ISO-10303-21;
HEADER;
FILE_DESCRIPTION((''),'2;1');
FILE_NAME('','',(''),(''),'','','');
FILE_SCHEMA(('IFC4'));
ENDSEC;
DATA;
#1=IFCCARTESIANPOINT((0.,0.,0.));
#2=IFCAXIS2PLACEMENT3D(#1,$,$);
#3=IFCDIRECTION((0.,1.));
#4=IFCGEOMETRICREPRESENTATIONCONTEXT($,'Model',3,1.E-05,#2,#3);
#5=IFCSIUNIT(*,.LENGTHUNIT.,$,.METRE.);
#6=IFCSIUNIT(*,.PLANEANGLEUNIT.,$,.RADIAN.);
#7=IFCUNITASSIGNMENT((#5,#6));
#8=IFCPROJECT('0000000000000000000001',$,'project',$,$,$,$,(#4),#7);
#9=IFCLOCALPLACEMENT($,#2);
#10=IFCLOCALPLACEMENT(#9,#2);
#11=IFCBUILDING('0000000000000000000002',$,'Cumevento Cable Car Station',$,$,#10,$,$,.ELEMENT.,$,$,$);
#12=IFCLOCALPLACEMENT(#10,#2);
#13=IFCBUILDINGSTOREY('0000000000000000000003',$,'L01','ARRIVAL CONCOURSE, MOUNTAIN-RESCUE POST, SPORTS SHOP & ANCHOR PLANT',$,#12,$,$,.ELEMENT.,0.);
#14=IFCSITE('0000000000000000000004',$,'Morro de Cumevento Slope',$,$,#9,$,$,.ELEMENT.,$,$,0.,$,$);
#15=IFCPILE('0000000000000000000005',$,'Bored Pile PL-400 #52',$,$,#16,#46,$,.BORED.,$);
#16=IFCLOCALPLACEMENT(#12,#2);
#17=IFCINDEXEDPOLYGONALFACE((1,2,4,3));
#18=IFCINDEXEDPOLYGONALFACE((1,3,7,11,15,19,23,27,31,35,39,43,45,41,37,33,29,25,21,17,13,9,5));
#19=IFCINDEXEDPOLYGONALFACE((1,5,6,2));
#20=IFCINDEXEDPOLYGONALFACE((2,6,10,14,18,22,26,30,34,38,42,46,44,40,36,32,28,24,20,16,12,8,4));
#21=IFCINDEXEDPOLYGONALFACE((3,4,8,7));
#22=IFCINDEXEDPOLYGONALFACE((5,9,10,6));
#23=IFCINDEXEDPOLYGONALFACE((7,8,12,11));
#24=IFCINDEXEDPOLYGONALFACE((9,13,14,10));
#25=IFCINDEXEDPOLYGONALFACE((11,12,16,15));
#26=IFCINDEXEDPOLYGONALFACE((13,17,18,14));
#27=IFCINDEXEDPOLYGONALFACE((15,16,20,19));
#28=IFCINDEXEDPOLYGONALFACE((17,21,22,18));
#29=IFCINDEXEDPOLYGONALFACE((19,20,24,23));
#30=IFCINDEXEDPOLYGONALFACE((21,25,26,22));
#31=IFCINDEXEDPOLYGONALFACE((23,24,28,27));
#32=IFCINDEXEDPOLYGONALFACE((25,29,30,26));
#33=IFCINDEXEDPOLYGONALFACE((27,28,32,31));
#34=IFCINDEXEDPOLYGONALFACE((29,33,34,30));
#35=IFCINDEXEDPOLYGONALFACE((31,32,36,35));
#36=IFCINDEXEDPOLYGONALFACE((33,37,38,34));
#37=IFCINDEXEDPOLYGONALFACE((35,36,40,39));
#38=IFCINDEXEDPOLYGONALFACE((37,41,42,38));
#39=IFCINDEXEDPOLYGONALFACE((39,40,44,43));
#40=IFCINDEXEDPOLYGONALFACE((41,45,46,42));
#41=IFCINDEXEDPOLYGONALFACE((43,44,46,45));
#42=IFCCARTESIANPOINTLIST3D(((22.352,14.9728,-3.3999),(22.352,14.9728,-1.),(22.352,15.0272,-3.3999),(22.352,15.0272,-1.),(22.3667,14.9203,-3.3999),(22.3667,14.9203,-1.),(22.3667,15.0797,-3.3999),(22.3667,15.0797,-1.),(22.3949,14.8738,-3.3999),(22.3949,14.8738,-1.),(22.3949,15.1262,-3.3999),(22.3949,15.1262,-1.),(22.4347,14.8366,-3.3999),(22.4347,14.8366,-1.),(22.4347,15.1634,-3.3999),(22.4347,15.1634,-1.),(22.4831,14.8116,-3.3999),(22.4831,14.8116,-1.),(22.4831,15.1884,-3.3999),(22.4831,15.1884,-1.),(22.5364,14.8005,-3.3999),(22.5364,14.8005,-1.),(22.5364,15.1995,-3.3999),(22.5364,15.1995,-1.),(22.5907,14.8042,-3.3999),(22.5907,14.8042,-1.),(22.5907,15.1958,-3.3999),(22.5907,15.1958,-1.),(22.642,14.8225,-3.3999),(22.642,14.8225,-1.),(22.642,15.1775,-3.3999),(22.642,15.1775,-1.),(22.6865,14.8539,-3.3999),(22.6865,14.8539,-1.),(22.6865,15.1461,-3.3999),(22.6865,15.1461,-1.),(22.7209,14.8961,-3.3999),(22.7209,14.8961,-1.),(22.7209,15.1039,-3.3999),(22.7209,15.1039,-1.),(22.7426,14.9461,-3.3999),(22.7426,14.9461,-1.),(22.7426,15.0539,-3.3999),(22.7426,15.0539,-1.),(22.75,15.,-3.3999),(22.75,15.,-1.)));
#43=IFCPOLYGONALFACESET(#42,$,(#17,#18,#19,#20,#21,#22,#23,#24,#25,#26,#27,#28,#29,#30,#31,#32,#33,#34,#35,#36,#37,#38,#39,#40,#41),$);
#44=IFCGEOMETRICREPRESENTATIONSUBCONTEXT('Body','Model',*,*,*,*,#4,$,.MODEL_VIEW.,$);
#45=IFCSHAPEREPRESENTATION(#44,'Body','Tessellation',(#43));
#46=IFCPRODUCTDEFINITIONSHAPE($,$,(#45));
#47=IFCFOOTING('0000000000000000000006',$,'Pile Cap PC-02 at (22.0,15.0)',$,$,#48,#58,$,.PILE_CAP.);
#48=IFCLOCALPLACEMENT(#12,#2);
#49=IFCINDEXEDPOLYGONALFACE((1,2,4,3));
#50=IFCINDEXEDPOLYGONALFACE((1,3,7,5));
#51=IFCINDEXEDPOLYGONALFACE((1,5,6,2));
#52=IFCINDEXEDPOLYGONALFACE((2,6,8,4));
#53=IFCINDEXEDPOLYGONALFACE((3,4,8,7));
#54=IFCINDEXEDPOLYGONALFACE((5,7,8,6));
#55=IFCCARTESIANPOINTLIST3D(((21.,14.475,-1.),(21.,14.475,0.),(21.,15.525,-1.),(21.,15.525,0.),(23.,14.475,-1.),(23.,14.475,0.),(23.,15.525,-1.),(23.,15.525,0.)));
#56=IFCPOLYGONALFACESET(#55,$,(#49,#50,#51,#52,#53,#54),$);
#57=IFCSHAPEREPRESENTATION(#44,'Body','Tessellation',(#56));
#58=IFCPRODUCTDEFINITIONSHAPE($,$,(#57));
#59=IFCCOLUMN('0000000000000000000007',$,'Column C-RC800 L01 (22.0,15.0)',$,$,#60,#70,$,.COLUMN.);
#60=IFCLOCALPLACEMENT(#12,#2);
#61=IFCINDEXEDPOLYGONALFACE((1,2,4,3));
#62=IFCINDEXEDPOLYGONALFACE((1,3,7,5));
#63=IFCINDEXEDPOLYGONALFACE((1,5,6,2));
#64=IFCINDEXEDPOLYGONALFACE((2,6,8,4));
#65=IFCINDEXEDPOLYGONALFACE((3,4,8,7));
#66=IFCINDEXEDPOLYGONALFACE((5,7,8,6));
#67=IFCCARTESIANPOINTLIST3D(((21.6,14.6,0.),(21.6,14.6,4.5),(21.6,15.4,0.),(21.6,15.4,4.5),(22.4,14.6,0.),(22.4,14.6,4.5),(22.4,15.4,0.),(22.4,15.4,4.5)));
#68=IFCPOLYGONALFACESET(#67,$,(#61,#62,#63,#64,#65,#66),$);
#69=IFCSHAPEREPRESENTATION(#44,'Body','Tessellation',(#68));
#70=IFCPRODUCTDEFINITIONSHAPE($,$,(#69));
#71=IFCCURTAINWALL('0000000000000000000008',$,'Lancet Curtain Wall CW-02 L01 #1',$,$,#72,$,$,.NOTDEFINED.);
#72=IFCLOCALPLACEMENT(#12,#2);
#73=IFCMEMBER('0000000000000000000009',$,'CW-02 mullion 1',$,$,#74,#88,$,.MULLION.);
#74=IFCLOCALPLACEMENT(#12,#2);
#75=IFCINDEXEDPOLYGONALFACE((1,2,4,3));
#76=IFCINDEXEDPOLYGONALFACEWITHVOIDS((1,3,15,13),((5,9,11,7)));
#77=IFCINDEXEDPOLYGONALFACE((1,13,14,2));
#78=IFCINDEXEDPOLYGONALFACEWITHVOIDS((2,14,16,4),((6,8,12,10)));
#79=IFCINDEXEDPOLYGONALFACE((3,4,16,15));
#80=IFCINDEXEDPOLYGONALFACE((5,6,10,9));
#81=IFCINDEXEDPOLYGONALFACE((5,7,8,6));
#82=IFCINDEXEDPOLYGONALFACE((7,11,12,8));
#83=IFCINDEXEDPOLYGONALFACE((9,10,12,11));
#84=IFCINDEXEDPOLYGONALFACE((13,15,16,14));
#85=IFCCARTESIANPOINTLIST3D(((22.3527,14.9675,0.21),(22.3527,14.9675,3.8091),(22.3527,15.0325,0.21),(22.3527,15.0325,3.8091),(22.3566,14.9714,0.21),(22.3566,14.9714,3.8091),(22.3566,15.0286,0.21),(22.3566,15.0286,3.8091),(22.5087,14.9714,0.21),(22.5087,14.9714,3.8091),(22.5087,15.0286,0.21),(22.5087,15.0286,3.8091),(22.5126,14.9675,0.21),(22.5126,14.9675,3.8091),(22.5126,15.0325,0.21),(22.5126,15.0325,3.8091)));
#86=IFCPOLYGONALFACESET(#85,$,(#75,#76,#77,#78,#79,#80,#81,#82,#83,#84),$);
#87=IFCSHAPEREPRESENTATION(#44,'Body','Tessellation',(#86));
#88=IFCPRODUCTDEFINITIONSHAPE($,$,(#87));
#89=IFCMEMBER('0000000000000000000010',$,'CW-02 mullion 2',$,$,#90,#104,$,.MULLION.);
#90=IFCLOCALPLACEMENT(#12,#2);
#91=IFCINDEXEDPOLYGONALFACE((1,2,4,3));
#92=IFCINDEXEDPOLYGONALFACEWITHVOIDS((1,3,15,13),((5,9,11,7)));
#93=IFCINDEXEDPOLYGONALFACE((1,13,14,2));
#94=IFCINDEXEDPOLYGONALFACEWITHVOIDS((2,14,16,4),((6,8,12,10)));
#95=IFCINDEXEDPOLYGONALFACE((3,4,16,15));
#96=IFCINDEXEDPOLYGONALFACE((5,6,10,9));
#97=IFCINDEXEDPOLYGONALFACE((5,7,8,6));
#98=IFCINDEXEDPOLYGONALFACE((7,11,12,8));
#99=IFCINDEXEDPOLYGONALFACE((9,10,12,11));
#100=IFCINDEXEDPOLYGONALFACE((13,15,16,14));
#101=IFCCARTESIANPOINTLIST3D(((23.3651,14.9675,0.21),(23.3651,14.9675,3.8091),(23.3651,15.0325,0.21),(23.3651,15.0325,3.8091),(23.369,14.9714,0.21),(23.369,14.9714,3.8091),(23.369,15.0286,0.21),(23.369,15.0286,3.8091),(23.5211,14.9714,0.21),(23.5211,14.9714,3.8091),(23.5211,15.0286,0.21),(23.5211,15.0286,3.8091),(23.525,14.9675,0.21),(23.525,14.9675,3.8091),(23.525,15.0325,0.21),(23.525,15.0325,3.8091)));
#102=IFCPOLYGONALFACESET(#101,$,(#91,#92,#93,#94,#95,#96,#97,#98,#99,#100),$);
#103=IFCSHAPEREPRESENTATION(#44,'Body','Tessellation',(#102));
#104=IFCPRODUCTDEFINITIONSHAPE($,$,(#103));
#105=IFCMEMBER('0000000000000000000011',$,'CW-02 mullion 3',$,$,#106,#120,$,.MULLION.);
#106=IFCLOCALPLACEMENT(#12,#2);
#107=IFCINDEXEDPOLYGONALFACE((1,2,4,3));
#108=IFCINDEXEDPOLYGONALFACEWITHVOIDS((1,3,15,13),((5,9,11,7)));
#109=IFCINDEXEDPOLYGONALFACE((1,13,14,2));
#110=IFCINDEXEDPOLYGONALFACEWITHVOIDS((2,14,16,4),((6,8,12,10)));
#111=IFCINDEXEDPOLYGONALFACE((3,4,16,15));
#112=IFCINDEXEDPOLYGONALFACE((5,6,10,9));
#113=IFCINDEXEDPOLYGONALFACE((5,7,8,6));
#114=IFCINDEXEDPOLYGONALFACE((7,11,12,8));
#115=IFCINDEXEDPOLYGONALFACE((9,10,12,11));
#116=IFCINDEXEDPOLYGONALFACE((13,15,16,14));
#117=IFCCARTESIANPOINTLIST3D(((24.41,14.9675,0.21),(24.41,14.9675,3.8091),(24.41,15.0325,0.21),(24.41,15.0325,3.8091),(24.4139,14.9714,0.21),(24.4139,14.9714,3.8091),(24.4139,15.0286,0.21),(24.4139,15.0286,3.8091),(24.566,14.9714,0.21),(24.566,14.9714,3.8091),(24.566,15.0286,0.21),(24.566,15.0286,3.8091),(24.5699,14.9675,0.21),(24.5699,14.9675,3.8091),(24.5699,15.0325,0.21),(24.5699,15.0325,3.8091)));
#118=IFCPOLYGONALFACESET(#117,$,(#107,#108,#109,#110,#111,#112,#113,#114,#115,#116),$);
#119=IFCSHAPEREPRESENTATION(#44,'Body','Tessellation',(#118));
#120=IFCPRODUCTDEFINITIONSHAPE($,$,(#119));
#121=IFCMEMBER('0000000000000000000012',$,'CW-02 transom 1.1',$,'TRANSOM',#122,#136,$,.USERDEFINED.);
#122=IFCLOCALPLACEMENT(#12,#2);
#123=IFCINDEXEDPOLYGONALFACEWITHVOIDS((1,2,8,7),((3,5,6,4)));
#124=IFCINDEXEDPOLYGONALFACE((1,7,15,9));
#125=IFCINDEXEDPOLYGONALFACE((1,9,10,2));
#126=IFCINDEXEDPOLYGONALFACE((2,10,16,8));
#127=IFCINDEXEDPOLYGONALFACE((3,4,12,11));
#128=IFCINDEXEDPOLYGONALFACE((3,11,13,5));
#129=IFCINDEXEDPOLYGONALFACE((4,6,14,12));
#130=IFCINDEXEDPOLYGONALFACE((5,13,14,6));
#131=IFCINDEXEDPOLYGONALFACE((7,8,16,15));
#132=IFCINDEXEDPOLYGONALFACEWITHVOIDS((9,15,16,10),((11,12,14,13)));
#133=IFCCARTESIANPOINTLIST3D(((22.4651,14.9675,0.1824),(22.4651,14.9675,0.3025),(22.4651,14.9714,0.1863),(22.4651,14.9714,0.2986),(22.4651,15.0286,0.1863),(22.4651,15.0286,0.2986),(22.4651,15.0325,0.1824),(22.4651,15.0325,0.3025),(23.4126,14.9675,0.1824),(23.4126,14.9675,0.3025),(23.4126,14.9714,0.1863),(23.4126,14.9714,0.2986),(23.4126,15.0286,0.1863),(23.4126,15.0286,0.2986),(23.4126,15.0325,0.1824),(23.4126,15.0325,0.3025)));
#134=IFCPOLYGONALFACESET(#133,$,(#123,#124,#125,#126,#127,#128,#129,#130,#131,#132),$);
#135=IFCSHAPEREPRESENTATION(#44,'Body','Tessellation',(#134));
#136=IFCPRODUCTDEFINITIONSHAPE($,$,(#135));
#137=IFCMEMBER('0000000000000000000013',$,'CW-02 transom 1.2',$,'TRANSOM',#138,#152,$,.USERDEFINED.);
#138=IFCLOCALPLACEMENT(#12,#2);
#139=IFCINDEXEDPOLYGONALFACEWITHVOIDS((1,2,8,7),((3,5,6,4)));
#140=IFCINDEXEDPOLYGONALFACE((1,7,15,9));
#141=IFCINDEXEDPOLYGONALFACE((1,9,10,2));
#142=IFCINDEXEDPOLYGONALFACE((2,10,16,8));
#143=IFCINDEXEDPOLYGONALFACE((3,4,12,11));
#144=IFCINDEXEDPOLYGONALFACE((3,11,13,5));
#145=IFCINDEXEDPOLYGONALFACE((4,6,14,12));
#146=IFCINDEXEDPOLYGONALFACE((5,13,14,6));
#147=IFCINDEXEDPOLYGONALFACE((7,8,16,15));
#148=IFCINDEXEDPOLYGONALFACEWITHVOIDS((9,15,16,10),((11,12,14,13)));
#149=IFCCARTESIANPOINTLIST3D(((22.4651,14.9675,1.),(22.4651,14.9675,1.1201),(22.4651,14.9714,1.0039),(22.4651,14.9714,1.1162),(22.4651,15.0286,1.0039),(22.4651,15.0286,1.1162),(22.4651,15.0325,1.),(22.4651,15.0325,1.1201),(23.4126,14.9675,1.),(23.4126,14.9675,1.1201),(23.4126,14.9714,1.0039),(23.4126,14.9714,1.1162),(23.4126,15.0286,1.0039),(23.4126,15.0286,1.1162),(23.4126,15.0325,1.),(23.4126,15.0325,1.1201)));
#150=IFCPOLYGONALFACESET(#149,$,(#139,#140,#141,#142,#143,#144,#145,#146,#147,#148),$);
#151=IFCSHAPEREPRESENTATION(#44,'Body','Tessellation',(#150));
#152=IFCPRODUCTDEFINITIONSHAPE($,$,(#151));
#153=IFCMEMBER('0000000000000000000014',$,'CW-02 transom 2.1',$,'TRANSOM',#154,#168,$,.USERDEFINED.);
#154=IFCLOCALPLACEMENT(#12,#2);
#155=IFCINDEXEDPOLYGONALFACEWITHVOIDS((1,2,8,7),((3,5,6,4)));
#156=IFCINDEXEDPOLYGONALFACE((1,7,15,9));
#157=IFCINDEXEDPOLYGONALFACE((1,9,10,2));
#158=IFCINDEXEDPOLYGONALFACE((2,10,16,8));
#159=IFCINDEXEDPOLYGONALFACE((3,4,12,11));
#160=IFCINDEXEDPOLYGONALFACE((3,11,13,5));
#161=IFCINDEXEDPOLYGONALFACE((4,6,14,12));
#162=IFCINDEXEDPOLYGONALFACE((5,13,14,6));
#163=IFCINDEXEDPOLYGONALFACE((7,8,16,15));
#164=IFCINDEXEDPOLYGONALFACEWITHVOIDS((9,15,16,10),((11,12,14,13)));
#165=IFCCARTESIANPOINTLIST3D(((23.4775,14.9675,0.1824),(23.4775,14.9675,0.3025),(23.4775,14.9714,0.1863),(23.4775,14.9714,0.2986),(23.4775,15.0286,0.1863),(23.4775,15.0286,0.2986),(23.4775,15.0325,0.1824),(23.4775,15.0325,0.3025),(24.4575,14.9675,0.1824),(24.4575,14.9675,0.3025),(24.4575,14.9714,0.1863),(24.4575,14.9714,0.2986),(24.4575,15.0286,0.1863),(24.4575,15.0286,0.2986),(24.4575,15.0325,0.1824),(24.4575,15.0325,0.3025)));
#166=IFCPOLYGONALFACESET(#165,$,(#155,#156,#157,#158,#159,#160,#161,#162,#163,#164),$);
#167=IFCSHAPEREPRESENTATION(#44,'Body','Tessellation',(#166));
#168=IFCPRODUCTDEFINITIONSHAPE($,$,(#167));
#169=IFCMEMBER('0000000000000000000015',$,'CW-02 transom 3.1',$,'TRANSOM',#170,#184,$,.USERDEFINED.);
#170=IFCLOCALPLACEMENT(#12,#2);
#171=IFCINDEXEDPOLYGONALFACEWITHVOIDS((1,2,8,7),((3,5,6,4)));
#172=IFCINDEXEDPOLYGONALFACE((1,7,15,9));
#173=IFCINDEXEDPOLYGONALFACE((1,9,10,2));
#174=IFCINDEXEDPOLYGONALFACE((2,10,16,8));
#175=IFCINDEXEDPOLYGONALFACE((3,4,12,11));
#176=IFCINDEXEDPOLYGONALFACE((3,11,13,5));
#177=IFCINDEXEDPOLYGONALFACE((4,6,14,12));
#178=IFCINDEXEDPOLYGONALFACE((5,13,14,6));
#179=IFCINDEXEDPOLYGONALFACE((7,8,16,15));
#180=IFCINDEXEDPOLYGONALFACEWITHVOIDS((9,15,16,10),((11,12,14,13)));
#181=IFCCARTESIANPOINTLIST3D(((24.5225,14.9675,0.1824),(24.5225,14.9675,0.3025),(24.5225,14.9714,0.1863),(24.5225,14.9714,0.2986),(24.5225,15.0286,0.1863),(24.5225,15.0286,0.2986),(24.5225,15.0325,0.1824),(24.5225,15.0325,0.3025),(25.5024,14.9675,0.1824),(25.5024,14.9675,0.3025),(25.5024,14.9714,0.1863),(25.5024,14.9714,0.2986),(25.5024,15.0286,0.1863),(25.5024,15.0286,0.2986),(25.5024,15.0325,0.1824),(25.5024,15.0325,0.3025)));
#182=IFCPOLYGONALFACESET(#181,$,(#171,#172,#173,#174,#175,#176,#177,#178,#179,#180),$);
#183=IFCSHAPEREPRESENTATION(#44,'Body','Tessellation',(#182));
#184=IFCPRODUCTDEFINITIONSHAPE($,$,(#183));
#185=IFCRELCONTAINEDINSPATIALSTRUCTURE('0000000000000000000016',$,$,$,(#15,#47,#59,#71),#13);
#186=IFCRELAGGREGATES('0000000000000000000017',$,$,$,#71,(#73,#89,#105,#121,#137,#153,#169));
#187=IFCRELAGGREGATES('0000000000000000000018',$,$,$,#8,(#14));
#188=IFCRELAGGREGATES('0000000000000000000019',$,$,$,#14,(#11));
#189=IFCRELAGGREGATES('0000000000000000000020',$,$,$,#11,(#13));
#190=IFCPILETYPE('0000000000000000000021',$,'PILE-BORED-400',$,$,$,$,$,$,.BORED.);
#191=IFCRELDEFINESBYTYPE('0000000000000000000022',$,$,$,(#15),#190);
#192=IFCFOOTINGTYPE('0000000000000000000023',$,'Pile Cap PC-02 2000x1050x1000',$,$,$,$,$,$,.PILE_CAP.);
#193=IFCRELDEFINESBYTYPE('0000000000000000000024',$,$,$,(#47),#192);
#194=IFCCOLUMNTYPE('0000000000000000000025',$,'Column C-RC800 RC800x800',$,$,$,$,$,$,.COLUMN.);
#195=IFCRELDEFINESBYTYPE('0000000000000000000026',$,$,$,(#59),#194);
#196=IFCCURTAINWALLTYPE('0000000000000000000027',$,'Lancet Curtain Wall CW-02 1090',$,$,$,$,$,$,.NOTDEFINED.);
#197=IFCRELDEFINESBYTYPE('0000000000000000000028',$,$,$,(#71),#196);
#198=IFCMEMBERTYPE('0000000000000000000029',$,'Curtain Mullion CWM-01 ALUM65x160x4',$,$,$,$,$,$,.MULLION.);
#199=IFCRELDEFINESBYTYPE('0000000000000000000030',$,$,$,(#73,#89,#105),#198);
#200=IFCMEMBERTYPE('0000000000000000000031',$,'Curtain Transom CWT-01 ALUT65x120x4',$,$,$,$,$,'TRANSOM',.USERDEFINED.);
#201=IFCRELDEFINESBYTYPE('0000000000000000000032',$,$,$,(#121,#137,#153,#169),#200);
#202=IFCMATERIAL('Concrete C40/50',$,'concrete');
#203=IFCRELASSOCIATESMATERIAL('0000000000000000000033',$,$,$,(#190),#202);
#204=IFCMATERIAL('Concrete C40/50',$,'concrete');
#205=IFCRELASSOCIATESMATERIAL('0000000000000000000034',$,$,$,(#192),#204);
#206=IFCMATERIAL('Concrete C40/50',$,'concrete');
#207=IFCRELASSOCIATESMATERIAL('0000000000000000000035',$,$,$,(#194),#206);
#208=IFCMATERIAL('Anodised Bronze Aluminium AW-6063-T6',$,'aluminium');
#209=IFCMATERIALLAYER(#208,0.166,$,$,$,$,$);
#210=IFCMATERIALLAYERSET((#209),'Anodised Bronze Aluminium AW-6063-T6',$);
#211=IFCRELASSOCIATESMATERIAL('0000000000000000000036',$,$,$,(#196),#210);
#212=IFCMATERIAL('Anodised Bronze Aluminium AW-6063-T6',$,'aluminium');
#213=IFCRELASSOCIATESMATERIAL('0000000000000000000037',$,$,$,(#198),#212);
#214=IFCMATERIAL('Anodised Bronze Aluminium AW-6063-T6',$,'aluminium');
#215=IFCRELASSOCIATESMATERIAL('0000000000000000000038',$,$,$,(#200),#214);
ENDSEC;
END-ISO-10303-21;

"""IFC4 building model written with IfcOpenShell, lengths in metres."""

from ifc_helpers import new_model, si_unit, direction, frame, origin, origin_2d, place, context, subcontext, project, spatial, rectangle, hollow_rectangle, circle, extrude, material, layer, layer_set, material_profile, profile_set, type_object, element, aggregate, save


model = new_model("IFC4")

# Units and contexts
model_context = context("Model", 3, precision=1e-05, world=origin(), true_north=direction((0.0, 1.0)))
body_context = subcontext(model_context, "Body", "Model", "MODEL_VIEW")
ifc_project = project(units=[si_unit("LENGTHUNIT", "METRE"), si_unit("PLANEANGLEUNIT", "RADIAN")], contexts=[model_context])

# Site, building, storey
site_placement = place(None, origin())
site = spatial("IfcSite", under=ifc_project, at=site_placement, Name="Morro de Cumevento Slope", CompositionType="ELEMENT", RefElevation=0.0)
building_placement = place(site_placement, origin())
building = spatial("IfcBuilding", under=site, at=building_placement, Name="Cumevento Cable Car Station", CompositionType="ELEMENT")
storey_placement = place(building_placement, origin())
storey = spatial("IfcBuildingStorey", under=building, at=storey_placement, Name="L01", Description="ARRIVAL CONCOURSE, MOUNTAIN-RESCUE POST, SPORTS SHOP & ANCHOR PLANT", CompositionType="ELEMENT", Elevation=0.0)

# Pile
ifc_material_1 = material(Name="Concrete C40/50", Category="concrete")
ifc_material_profile_1 = material_profile(ifc_material_1, circle(Radius=0.2, at=origin_2d()), Name="PILE-D400")
ifc_profile_set_1 = profile_set([ifc_material_profile_1], Name="Concrete C40/50")
pile_type = type_object("IfcPileType", Name="PILE-BORED-400", PredefinedType="BORED", material=ifc_profile_set_1)
pile_placement = place(storey_placement, frame((22.55, 15.0, -1.0), z_axis=(0.0, 0.0, -1.0), x_axis=(1.0, 0.0, 0.0)))
element("IfcPile", 1, at=pile_placement, inside=storey, type_object=pile_type, Name="Bored Pile PL-400 #52", PredefinedType="BORED", context=body_context, shape_type="SweptSolid", body=[
    extrude(circle(Radius=0.2, at=origin_2d()), origin(), (0.0, 0.0, 1.0), 2.3999),
])

# Footing
ifc_material_2 = material(Name="Concrete C40/50", Category="concrete")
footing_type = type_object("IfcFootingType", Name="Pile Cap PC-02 2000x1050x1000", PredefinedType="PILE_CAP", material=ifc_material_2)
footing_placement = place(storey_placement, frame((22.0, 15.0, -1.0), z_axis=(0.0, 0.0, 1.0), x_axis=(1.0, 0.0, 0.0)))
element("IfcFooting", 2, at=footing_placement, inside=storey, type_object=footing_type, Name="Pile Cap PC-02 at (22.0,15.0)", PredefinedType="PILE_CAP", context=body_context, shape_type="SweptSolid", body=[
    extrude(rectangle(XDim=2.0, YDim=1.05, at=origin_2d()), origin(), (0.0, 0.0, 1.0), 1.0),
])

# Column
ifc_material_3 = material(Name="Concrete C40/50", Category="concrete")
ifc_material_profile_2 = material_profile(ifc_material_3, rectangle(XDim=0.8, YDim=0.8, at=origin_2d()), Name="RC800x800")
ifc_profile_set_2 = profile_set([ifc_material_profile_2], Name="Concrete C40/50")
column_type = type_object("IfcColumnType", Name="Column C-RC800 RC800x800", PredefinedType="COLUMN", material=ifc_profile_set_2)
column_placement = place(storey_placement, frame((22.0, 15.0, 0.0), z_axis=(0.0, 0.0, 1.0), x_axis=(1.0, 0.0, 0.0)))
element("IfcColumn", 3, at=column_placement, inside=storey, type_object=column_type, Name="Column C-RC800 L01 (22.0,15.0)", PredefinedType="COLUMN", context=body_context, shape_type="SweptSolid", body=[
    extrude(rectangle(XDim=0.8, YDim=0.8, at=origin_2d()), origin(), (0.0, 0.0, 1.0), 4.5),
])

# Curtain wall, members
ifc_material_4 = material(Name="Anodised Bronze Aluminium AW-6063-T6", Category="aluminium")
ifc_layer_1 = layer(ifc_material_4, 0.166)
ifc_layer_set_1 = layer_set([ifc_layer_1], Name="Anodised Bronze Aluminium AW-6063-T6")
curtain_wall_type = type_object("IfcCurtainWallType", Name="Lancet Curtain Wall CW-02 1090", PredefinedType="NOTDEFINED", material=ifc_layer_set_1)
curtain_wall_placement = place(storey_placement, origin())
curtain_wall = element("IfcCurtainWall", 4, at=curtain_wall_placement, inside=storey, type_object=curtain_wall_type, Name="Lancet Curtain Wall CW-02 L01 #1", PredefinedType="NOTDEFINED")
ifc_material_5 = material(Name="Anodised Bronze Aluminium AW-6063-T6", Category="aluminium")
ifc_material_profile_3 = material_profile(ifc_material_5, hollow_rectangle(XDim=0.0649, YDim=0.1599, WallThickness=0.0039, at=origin_2d()), Name="ALUM65x160x4")
ifc_profile_set_3 = profile_set([ifc_material_profile_3], Name="Anodised Bronze Aluminium AW-6063-T6")
member_type_1 = type_object("IfcMemberType", Name="Curtain Mullion CWM-01 ALUM65x160x4", PredefinedType="MULLION", material=ifc_profile_set_3)
member_1_placement = place(storey_placement, frame((22.4326, 15.0, 0.21), z_axis=(0.0, 0.0, 1.0), x_axis=(0.0, 1.0, 0.0)))
member_1 = element("IfcMember", 5, at=member_1_placement, type_object=member_type_1, Name="CW-02 mullion 1", PredefinedType="MULLION", context=body_context, shape_type="SweptSolid", body=[
    extrude(hollow_rectangle(XDim=0.0649, YDim=0.1599, WallThickness=0.0039, at=origin_2d()), origin(), (0.0, 0.0, 1.0), 3.5991),
])
member_2_placement = place(storey_placement, frame((23.4451, 15.0, 0.21), z_axis=(0.0, 0.0, 1.0), x_axis=(0.0, 1.0, 0.0)))
member_2 = element("IfcMember", 6, at=member_2_placement, type_object=member_type_1, Name="CW-02 mullion 2", PredefinedType="MULLION", context=body_context, shape_type="SweptSolid", body=[
    extrude(hollow_rectangle(XDim=0.0649, YDim=0.1599, WallThickness=0.0039, at=origin_2d()), origin(), (0.0, 0.0, 1.0), 3.5991),
])
member_3_placement = place(storey_placement, frame((24.49, 15.0, 0.21), z_axis=(0.0, 0.0, 1.0), x_axis=(0.0, 1.0, 0.0)))
member_3 = element("IfcMember", 7, at=member_3_placement, type_object=member_type_1, Name="CW-02 mullion 3", PredefinedType="MULLION", context=body_context, shape_type="SweptSolid", body=[
    extrude(hollow_rectangle(XDim=0.0649, YDim=0.1599, WallThickness=0.0039, at=origin_2d()), origin(), (0.0, 0.0, 1.0), 3.5991),
])
ifc_material_6 = material(Name="Anodised Bronze Aluminium AW-6063-T6", Category="aluminium")
ifc_material_profile_4 = material_profile(ifc_material_6, hollow_rectangle(XDim=0.0649, YDim=0.1201, WallThickness=0.0039, at=origin_2d()), Name="ALUT65x120x4")
ifc_profile_set_4 = profile_set([ifc_material_profile_4], Name="Anodised Bronze Aluminium AW-6063-T6")
member_type_2 = type_object("IfcMemberType", Name="Curtain Transom CWT-01 ALUT65x120x4", ElementType="TRANSOM", PredefinedType="USERDEFINED", material=ifc_profile_set_4)
member_4_placement = place(storey_placement, frame((22.4651, 15.0, 0.2424), z_axis=(1.0, 0.0, 0.0), x_axis=(0.0, 1.0, 0.0)))
member_4 = element("IfcMember", 8, at=member_4_placement, type_object=member_type_2, Name="CW-02 transom 1.1", ObjectType="TRANSOM", PredefinedType="USERDEFINED", context=body_context, shape_type="SweptSolid", body=[
    extrude(hollow_rectangle(XDim=0.0649, YDim=0.1201, WallThickness=0.0039, at=origin_2d()), origin(), (0.0, 0.0, 1.0), 0.9475),
])
member_5_placement = place(storey_placement, frame((22.4651, 15.0, 1.0601), z_axis=(1.0, 0.0, 0.0), x_axis=(0.0, 1.0, 0.0)))
member_5 = element("IfcMember", 9, at=member_5_placement, type_object=member_type_2, Name="CW-02 transom 1.2", ObjectType="TRANSOM", PredefinedType="USERDEFINED", context=body_context, shape_type="SweptSolid", body=[
    extrude(hollow_rectangle(XDim=0.0649, YDim=0.1201, WallThickness=0.0039, at=origin_2d()), origin(), (0.0, 0.0, 1.0), 0.9475),
])
member_6_placement = place(storey_placement, frame((23.4775, 15.0, 0.2424), z_axis=(1.0, 0.0, 0.0), x_axis=(0.0, 1.0, 0.0)))
member_6 = element("IfcMember", 10, at=member_6_placement, type_object=member_type_2, Name="CW-02 transom 2.1", ObjectType="TRANSOM", PredefinedType="USERDEFINED", context=body_context, shape_type="SweptSolid", body=[
    extrude(hollow_rectangle(XDim=0.0649, YDim=0.1201, WallThickness=0.0039, at=origin_2d()), origin(), (0.0, 0.0, 1.0), 0.98),
])
member_7_placement = place(storey_placement, frame((24.5225, 15.0, 0.2424), z_axis=(1.0, 0.0, 0.0), x_axis=(0.0, 1.0, 0.0)))
member_7 = element("IfcMember", 11, at=member_7_placement, type_object=member_type_2, Name="CW-02 transom 3.1", ObjectType="TRANSOM", PredefinedType="USERDEFINED", context=body_context, shape_type="SweptSolid", body=[
    extrude(hollow_rectangle(XDim=0.0649, YDim=0.1201, WallThickness=0.0039, at=origin_2d()), origin(), (0.0, 0.0, 1.0), 0.98),
])
aggregate(curtain_wall, [member_1, member_2, member_3, member_4, member_5, member_6, member_7])

save(model, "model.ifc")
